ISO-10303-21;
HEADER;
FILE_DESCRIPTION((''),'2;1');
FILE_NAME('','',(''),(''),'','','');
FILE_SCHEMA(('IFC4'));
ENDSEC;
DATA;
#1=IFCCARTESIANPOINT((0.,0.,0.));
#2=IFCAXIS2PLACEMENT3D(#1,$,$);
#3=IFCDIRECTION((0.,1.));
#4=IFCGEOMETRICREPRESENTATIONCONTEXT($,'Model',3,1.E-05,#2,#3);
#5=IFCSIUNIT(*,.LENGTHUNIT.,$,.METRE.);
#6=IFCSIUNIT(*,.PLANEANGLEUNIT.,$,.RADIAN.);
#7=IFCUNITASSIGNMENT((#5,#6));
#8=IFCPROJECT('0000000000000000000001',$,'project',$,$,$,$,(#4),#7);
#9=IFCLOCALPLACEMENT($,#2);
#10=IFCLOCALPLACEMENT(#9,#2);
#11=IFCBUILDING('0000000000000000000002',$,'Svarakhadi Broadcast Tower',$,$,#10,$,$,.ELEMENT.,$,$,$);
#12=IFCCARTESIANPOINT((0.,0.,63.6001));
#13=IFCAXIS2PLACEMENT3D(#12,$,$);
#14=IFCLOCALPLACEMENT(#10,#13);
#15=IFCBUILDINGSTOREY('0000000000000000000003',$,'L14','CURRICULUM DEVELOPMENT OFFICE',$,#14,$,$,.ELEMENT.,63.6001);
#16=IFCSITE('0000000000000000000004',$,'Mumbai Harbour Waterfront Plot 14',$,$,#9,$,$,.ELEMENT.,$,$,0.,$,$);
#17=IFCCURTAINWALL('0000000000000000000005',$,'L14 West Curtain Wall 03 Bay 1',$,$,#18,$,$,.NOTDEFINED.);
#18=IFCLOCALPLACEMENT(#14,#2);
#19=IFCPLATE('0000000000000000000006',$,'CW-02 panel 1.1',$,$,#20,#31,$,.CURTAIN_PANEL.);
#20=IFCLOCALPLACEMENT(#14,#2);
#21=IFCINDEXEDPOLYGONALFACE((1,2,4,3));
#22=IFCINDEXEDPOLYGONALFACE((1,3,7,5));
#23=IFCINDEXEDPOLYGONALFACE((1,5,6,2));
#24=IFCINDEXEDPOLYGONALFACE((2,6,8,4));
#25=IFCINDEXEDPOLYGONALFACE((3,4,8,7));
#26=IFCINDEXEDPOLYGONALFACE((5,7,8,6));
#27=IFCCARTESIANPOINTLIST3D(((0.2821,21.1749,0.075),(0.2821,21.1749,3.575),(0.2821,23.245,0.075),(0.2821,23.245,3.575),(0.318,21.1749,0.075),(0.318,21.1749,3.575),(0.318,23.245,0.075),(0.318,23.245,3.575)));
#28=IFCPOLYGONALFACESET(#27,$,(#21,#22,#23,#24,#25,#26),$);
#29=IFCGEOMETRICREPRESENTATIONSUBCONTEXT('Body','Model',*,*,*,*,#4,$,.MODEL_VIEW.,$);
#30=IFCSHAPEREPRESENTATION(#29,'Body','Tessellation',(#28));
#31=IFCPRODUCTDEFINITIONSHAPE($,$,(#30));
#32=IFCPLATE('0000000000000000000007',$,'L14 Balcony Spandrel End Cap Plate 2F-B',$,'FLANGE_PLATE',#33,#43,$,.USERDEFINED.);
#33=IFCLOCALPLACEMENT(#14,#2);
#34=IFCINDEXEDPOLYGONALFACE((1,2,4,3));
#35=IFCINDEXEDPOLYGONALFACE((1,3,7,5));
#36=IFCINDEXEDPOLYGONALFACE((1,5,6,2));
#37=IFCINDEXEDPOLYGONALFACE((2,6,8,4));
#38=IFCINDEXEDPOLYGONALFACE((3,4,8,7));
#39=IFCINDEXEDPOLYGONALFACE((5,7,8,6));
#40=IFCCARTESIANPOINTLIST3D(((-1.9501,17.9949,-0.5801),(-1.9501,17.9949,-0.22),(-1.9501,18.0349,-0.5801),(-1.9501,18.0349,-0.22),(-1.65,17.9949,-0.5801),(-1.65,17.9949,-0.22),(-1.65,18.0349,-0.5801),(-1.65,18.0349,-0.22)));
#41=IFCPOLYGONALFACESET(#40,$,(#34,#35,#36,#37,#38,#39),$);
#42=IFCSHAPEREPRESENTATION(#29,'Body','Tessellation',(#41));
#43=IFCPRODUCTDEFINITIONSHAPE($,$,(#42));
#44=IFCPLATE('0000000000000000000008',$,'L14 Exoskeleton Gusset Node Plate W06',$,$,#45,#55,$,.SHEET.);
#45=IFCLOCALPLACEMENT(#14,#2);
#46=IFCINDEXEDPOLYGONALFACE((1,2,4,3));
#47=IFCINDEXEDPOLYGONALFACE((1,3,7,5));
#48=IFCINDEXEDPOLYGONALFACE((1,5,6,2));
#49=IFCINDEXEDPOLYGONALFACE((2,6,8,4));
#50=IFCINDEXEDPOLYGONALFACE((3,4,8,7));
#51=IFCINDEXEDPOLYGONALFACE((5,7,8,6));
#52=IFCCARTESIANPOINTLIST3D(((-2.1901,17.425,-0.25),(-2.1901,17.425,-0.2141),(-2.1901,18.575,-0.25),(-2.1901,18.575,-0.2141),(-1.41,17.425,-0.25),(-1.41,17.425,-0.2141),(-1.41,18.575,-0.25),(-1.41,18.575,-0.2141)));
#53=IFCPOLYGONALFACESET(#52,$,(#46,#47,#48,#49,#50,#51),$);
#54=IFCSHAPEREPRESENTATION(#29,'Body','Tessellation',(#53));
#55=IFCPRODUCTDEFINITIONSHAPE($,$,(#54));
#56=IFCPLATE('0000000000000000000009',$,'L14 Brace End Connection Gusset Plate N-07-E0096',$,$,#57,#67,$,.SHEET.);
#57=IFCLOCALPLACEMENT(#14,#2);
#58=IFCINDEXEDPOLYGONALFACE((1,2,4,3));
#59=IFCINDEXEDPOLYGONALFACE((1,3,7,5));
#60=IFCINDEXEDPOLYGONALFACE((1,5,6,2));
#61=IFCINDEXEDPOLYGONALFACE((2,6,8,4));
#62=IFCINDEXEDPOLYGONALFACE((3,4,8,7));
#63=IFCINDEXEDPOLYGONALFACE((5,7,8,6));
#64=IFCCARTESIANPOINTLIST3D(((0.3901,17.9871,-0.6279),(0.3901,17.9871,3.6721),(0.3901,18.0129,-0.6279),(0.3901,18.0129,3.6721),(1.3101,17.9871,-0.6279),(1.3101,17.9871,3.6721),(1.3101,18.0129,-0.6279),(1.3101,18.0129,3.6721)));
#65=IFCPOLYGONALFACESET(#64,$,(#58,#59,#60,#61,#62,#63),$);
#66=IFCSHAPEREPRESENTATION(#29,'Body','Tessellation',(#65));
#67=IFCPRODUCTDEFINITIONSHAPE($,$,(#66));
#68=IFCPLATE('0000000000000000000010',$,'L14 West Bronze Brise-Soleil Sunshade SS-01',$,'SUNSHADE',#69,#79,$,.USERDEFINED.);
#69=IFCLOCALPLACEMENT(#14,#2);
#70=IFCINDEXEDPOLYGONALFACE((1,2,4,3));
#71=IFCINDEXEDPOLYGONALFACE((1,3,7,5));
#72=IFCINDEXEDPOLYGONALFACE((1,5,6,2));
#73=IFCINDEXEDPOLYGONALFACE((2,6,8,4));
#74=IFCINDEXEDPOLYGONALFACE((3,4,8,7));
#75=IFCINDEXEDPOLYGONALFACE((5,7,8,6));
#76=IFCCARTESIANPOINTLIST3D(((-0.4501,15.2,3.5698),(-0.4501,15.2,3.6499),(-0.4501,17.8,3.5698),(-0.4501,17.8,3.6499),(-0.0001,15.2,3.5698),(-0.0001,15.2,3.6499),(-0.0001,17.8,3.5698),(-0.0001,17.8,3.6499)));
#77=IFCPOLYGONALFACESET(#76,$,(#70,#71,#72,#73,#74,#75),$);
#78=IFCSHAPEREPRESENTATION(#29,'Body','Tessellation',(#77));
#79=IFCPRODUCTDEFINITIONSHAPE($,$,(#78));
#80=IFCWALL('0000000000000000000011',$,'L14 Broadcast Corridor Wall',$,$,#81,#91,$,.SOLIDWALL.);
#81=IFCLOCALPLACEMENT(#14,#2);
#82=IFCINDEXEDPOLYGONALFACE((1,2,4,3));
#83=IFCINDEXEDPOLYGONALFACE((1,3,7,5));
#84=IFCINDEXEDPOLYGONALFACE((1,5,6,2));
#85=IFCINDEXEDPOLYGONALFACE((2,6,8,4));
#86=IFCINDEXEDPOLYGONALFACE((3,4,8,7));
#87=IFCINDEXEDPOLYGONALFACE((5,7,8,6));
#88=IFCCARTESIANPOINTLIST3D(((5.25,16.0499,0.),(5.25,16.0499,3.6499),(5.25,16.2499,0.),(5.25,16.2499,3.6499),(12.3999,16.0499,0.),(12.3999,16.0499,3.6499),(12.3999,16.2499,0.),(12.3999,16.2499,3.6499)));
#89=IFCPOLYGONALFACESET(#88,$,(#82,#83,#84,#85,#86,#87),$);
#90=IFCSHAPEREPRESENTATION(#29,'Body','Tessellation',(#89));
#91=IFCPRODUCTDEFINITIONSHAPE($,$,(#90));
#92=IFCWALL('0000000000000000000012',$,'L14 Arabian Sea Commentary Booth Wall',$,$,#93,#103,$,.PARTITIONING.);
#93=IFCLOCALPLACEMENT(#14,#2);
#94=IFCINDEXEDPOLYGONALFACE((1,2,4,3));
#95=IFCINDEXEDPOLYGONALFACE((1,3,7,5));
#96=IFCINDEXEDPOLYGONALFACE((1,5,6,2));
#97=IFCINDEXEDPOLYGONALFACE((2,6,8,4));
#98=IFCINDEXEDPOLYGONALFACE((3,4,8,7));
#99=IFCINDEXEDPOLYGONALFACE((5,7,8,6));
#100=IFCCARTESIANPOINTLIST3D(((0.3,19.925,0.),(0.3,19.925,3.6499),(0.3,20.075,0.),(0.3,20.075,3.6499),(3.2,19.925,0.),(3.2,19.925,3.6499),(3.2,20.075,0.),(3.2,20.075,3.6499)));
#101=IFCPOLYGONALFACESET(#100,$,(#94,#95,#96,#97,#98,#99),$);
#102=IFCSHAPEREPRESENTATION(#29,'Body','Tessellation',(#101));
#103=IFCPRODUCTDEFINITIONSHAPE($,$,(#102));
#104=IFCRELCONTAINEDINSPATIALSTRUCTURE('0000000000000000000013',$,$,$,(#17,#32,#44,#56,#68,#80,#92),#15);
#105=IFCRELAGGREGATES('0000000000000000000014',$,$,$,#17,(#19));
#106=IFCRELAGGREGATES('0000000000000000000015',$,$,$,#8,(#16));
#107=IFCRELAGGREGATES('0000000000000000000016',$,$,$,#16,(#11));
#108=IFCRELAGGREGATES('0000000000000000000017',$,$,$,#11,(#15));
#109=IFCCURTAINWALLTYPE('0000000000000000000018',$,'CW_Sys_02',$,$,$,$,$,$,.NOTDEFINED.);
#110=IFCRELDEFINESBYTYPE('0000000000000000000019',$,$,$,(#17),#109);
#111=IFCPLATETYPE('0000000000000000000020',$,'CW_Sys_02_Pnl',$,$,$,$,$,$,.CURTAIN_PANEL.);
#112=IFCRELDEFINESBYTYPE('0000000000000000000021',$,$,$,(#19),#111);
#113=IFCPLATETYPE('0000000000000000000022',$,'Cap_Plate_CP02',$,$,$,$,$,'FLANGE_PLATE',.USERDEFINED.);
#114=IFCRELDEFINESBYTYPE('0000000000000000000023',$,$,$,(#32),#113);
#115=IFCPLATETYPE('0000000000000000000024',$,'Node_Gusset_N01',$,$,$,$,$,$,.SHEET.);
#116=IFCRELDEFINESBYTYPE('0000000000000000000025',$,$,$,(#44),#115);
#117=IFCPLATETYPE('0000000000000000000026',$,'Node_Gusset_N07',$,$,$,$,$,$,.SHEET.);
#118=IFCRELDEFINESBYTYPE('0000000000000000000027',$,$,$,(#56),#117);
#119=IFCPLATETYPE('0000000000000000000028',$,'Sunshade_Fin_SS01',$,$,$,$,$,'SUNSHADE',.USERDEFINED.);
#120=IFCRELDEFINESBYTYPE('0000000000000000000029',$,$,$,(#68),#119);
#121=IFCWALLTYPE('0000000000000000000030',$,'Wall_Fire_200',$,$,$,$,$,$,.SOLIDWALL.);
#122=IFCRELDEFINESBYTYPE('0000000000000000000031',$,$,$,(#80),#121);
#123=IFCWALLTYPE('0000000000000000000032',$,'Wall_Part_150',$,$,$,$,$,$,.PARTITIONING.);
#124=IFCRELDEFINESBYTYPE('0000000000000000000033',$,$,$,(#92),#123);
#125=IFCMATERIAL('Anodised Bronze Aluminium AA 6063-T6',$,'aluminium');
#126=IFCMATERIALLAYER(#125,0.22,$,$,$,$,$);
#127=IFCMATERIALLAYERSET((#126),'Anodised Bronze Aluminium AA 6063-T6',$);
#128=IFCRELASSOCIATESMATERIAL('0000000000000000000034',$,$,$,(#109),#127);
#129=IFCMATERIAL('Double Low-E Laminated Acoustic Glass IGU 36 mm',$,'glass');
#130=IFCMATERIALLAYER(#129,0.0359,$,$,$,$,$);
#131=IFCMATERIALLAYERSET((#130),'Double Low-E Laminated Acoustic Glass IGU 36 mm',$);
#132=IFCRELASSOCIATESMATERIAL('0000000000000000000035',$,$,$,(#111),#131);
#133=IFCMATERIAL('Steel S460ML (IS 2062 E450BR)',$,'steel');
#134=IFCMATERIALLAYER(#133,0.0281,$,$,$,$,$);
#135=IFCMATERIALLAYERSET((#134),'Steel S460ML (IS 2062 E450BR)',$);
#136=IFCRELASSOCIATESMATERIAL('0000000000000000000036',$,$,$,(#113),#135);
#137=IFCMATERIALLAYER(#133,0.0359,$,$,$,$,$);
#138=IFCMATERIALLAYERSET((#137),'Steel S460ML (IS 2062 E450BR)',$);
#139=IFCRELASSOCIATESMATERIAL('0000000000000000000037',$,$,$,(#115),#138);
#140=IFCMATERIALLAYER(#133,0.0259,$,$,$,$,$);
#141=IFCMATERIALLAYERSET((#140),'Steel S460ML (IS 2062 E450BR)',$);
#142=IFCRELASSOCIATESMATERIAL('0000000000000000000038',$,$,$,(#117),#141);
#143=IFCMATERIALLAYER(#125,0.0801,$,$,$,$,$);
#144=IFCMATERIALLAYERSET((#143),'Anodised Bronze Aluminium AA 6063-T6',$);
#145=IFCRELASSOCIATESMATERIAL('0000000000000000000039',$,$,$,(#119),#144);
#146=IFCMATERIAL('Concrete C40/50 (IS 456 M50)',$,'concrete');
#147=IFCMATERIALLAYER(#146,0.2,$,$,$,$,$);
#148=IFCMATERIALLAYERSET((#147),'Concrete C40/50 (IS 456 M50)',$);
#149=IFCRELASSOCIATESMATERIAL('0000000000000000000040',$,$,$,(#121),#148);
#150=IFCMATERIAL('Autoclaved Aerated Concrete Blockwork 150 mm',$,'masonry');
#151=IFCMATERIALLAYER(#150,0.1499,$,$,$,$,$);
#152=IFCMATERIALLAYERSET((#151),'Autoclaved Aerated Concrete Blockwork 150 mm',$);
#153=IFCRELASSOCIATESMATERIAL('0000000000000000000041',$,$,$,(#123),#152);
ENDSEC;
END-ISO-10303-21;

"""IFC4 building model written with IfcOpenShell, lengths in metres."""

from ifc_helpers import new_model, si_unit, direction, frame, frame_2d, origin, origin_2d, place, context, subcontext, project, spatial, rectangle, extrude, material, layer, layer_set, type_object, element, aggregate, save


model = new_model("IFC4")

# Units and contexts
model_context = context("Model", 3, precision=1e-05, world=origin(), true_north=direction((0.0, 1.0)))
body_context = subcontext(model_context, "Body", "Model", "MODEL_VIEW")
ifc_project = project(units=[si_unit("LENGTHUNIT", "METRE"), si_unit("PLANEANGLEUNIT", "RADIAN")], contexts=[model_context])

# Site, building, storey
site_placement = place(None, origin())
site = spatial("IfcSite", under=ifc_project, at=site_placement, Name="Mumbai Harbour Waterfront Plot 14", CompositionType="ELEMENT", RefElevation=0.0)
building_placement = place(site_placement, origin())
building = spatial("IfcBuilding", under=site, at=building_placement, Name="Svarakhadi Broadcast Tower", CompositionType="ELEMENT")
storey_placement = place(building_placement, frame((0.0, 0.0, 63.6001)))
storey = spatial("IfcBuildingStorey", under=building, at=storey_placement, Name="L14", Description="CURRICULUM DEVELOPMENT OFFICE", CompositionType="ELEMENT", Elevation=63.6001)

# Shared definitions
ifc_material_1 = material(Name="Steel S460ML (IS 2062 E450BR)", Category="steel")

# Curtain wall
ifc_material_2 = material(Name="Anodised Bronze Aluminium AA 6063-T6", Category="aluminium")
ifc_layer_1 = layer(ifc_material_2, 0.22)
ifc_layer_set_1 = layer_set([ifc_layer_1], Name="Anodised Bronze Aluminium AA 6063-T6")
curtain_wall_type = type_object("IfcCurtainWallType", Name="CW_Sys_02", PredefinedType="NOTDEFINED", material=ifc_layer_set_1)
curtain_wall_placement = place(storey_placement, origin())
curtain_wall = element("IfcCurtainWall", 1, at=curtain_wall_placement, inside=storey, type_object=curtain_wall_type, Name="L14 West Curtain Wall 03 Bay 1", PredefinedType="NOTDEFINED")

# Plate
ifc_material_3 = material(Name="Double Low-E Laminated Acoustic Glass IGU 36 mm", Category="glass")
ifc_layer_2 = layer(ifc_material_3, 0.0359)
ifc_layer_set_2 = layer_set([ifc_layer_2], Name="Double Low-E Laminated Acoustic Glass IGU 36 mm")
plate_type_1 = type_object("IfcPlateType", Name="CW_Sys_02_Pnl", PredefinedType="CURTAIN_PANEL", material=ifc_layer_set_2)
plate_1_placement = place(storey_placement, frame((0.3, 22.21, 0.075), z_axis=(0.0, 0.0, 1.0), x_axis=(0.0, 1.0, 0.0)))
plate_1 = element("IfcPlate", 2, at=plate_1_placement, type_object=plate_type_1, Name="CW-02 panel 1.1", PredefinedType="CURTAIN_PANEL", context=body_context, shape_type="SweptSolid", body=[
    extrude(rectangle(XDim=2.0701, YDim=0.0359, at=origin_2d()), origin(), (0.0, 0.0, 1.0), 3.5),
])
aggregate(curtain_wall, [plate_1])

# Plates
ifc_layer_3 = layer(ifc_material_1, 0.0281)
ifc_layer_set_3 = layer_set([ifc_layer_3], Name="Steel S460ML (IS 2062 E450BR)")
plate_type_2 = type_object("IfcPlateType", Name="Cap_Plate_CP02", ElementType="FLANGE_PLATE", PredefinedType="USERDEFINED", material=ifc_layer_set_3)
plate_2_placement = place(storey_placement, frame((-1.8, 18.0149, -0.5801), z_axis=(0.0, 0.0, 1.0), x_axis=(1.0, 0.0, 0.0)))
element("IfcPlate", 3, at=plate_2_placement, inside=storey, type_object=plate_type_2, Name="L14 Balcony Spandrel End Cap Plate 2F-B", ObjectType="FLANGE_PLATE", PredefinedType="USERDEFINED", context=body_context, shape_type="SweptSolid", body=[
    extrude(rectangle(XDim=0.3, YDim=0.04, at=origin_2d()), origin(), (0.0, 0.0, 1.0), 0.3601),
])
ifc_layer_4 = layer(ifc_material_1, 0.0359)
ifc_layer_set_4 = layer_set([ifc_layer_4], Name="Steel S460ML (IS 2062 E450BR)")
plate_type_3 = type_object("IfcPlateType", Name="Node_Gusset_N01", PredefinedType="SHEET", material=ifc_layer_set_4)
plate_3_placement = place(storey_placement, frame((-1.8, 18.0, -0.25), z_axis=(0.0, 0.0, 1.0), x_axis=(0.0, 1.0, 0.0)))
element("IfcPlate", 4, at=plate_3_placement, inside=storey, type_object=plate_type_3, Name="L14 Exoskeleton Gusset Node Plate W06", PredefinedType="SHEET", context=body_context, shape_type="SweptSolid", body=[
    extrude(rectangle(XDim=1.1499, YDim=0.78, at=origin_2d()), origin(), (0.0, 0.0, 1.0), 0.0359),
])
ifc_layer_5 = layer(ifc_material_1, 0.0259)
ifc_layer_set_5 = layer_set([ifc_layer_5], Name="Steel S460ML (IS 2062 E450BR)")
plate_type_4 = type_object("IfcPlateType", Name="Node_Gusset_N07", PredefinedType="SHEET", material=ifc_layer_set_5)
plate_4_placement = place(storey_placement, frame((0.8501, 18.0, -0.6279), z_axis=(0.0, 0.0, 1.0), x_axis=(1.0, 0.0, 0.0)))
element("IfcPlate", 5, at=plate_4_placement, inside=storey, type_object=plate_type_4, Name="L14 Brace End Connection Gusset Plate N-07-E0096", PredefinedType="SHEET", context=body_context, shape_type="SweptSolid", body=[
    extrude(rectangle(XDim=0.9199, YDim=0.0259, at=origin_2d()), origin(), (0.0, 0.0, 1.0), 4.3),
])
ifc_layer_6 = layer(ifc_material_2, 0.0801)
ifc_layer_set_6 = layer_set([ifc_layer_6], Name="Anodised Bronze Aluminium AA 6063-T6")
plate_type_5 = type_object("IfcPlateType", Name="Sunshade_Fin_SS01", ElementType="SUNSHADE", PredefinedType="USERDEFINED", material=ifc_layer_set_6)
plate_5_placement = place(storey_placement, frame((-0.2251, 16.5, 3.5698), z_axis=(0.0, 0.0, 1.0), x_axis=(0.0, 1.0, 0.0)))
element("IfcPlate", 6, at=plate_5_placement, inside=storey, type_object=plate_type_5, Name="L14 West Bronze Brise-Soleil Sunshade SS-01", ObjectType="SUNSHADE", PredefinedType="USERDEFINED", context=body_context, shape_type="SweptSolid", body=[
    extrude(rectangle(XDim=2.6001, YDim=0.45, at=origin_2d()), origin(), (0.0, 0.0, 1.0), 0.0801),
])

# Walls
ifc_material_4 = material(Name="Concrete C40/50 (IS 456 M50)", Category="concrete")
ifc_layer_7 = layer(ifc_material_4, 0.2)
ifc_layer_set_7 = layer_set([ifc_layer_7], Name="Concrete C40/50 (IS 456 M50)")
wall_type_1 = type_object("IfcWallType", Name="Wall_Fire_200", PredefinedType="SOLIDWALL", material=ifc_layer_set_7)
wall_1_placement = place(storey_placement, frame((5.25, 16.1499, 0.0), z_axis=(0.0, 0.0, 1.0), x_axis=(1.0, 0.0, 0.0)))
element("IfcWall", 7, at=wall_1_placement, inside=storey, type_object=wall_type_1, Name="L14 Broadcast Corridor Wall", PredefinedType="SOLIDWALL", context=body_context, shape_type="SweptSolid", body=[
    extrude(rectangle(XDim=7.1499, YDim=0.2, at=frame_2d((3.575, 0.0))), origin(), (0.0, 0.0, 1.0), 3.6499),
])
ifc_material_5 = material(Name="Autoclaved Aerated Concrete Blockwork 150 mm", Category="masonry")
ifc_layer_8 = layer(ifc_material_5, 0.1499)
ifc_layer_set_8 = layer_set([ifc_layer_8], Name="Autoclaved Aerated Concrete Blockwork 150 mm")
wall_type_2 = type_object("IfcWallType", Name="Wall_Part_150", PredefinedType="PARTITIONING", material=ifc_layer_set_8)
wall_2_placement = place(storey_placement, frame((0.3, 20.0, 0.0), z_axis=(0.0, 0.0, 1.0), x_axis=(1.0, 0.0, 0.0)))
element("IfcWall", 8, at=wall_2_placement, inside=storey, type_object=wall_type_2, Name="L14 Arabian Sea Commentary Booth Wall", PredefinedType="PARTITIONING", context=body_context, shape_type="SweptSolid", body=[
    extrude(rectangle(XDim=2.8999, YDim=0.1499, at=frame_2d((1.45, 0.0))), origin(), (0.0, 0.0, 1.0), 3.6499),
])

save(model, "model.ifc")
